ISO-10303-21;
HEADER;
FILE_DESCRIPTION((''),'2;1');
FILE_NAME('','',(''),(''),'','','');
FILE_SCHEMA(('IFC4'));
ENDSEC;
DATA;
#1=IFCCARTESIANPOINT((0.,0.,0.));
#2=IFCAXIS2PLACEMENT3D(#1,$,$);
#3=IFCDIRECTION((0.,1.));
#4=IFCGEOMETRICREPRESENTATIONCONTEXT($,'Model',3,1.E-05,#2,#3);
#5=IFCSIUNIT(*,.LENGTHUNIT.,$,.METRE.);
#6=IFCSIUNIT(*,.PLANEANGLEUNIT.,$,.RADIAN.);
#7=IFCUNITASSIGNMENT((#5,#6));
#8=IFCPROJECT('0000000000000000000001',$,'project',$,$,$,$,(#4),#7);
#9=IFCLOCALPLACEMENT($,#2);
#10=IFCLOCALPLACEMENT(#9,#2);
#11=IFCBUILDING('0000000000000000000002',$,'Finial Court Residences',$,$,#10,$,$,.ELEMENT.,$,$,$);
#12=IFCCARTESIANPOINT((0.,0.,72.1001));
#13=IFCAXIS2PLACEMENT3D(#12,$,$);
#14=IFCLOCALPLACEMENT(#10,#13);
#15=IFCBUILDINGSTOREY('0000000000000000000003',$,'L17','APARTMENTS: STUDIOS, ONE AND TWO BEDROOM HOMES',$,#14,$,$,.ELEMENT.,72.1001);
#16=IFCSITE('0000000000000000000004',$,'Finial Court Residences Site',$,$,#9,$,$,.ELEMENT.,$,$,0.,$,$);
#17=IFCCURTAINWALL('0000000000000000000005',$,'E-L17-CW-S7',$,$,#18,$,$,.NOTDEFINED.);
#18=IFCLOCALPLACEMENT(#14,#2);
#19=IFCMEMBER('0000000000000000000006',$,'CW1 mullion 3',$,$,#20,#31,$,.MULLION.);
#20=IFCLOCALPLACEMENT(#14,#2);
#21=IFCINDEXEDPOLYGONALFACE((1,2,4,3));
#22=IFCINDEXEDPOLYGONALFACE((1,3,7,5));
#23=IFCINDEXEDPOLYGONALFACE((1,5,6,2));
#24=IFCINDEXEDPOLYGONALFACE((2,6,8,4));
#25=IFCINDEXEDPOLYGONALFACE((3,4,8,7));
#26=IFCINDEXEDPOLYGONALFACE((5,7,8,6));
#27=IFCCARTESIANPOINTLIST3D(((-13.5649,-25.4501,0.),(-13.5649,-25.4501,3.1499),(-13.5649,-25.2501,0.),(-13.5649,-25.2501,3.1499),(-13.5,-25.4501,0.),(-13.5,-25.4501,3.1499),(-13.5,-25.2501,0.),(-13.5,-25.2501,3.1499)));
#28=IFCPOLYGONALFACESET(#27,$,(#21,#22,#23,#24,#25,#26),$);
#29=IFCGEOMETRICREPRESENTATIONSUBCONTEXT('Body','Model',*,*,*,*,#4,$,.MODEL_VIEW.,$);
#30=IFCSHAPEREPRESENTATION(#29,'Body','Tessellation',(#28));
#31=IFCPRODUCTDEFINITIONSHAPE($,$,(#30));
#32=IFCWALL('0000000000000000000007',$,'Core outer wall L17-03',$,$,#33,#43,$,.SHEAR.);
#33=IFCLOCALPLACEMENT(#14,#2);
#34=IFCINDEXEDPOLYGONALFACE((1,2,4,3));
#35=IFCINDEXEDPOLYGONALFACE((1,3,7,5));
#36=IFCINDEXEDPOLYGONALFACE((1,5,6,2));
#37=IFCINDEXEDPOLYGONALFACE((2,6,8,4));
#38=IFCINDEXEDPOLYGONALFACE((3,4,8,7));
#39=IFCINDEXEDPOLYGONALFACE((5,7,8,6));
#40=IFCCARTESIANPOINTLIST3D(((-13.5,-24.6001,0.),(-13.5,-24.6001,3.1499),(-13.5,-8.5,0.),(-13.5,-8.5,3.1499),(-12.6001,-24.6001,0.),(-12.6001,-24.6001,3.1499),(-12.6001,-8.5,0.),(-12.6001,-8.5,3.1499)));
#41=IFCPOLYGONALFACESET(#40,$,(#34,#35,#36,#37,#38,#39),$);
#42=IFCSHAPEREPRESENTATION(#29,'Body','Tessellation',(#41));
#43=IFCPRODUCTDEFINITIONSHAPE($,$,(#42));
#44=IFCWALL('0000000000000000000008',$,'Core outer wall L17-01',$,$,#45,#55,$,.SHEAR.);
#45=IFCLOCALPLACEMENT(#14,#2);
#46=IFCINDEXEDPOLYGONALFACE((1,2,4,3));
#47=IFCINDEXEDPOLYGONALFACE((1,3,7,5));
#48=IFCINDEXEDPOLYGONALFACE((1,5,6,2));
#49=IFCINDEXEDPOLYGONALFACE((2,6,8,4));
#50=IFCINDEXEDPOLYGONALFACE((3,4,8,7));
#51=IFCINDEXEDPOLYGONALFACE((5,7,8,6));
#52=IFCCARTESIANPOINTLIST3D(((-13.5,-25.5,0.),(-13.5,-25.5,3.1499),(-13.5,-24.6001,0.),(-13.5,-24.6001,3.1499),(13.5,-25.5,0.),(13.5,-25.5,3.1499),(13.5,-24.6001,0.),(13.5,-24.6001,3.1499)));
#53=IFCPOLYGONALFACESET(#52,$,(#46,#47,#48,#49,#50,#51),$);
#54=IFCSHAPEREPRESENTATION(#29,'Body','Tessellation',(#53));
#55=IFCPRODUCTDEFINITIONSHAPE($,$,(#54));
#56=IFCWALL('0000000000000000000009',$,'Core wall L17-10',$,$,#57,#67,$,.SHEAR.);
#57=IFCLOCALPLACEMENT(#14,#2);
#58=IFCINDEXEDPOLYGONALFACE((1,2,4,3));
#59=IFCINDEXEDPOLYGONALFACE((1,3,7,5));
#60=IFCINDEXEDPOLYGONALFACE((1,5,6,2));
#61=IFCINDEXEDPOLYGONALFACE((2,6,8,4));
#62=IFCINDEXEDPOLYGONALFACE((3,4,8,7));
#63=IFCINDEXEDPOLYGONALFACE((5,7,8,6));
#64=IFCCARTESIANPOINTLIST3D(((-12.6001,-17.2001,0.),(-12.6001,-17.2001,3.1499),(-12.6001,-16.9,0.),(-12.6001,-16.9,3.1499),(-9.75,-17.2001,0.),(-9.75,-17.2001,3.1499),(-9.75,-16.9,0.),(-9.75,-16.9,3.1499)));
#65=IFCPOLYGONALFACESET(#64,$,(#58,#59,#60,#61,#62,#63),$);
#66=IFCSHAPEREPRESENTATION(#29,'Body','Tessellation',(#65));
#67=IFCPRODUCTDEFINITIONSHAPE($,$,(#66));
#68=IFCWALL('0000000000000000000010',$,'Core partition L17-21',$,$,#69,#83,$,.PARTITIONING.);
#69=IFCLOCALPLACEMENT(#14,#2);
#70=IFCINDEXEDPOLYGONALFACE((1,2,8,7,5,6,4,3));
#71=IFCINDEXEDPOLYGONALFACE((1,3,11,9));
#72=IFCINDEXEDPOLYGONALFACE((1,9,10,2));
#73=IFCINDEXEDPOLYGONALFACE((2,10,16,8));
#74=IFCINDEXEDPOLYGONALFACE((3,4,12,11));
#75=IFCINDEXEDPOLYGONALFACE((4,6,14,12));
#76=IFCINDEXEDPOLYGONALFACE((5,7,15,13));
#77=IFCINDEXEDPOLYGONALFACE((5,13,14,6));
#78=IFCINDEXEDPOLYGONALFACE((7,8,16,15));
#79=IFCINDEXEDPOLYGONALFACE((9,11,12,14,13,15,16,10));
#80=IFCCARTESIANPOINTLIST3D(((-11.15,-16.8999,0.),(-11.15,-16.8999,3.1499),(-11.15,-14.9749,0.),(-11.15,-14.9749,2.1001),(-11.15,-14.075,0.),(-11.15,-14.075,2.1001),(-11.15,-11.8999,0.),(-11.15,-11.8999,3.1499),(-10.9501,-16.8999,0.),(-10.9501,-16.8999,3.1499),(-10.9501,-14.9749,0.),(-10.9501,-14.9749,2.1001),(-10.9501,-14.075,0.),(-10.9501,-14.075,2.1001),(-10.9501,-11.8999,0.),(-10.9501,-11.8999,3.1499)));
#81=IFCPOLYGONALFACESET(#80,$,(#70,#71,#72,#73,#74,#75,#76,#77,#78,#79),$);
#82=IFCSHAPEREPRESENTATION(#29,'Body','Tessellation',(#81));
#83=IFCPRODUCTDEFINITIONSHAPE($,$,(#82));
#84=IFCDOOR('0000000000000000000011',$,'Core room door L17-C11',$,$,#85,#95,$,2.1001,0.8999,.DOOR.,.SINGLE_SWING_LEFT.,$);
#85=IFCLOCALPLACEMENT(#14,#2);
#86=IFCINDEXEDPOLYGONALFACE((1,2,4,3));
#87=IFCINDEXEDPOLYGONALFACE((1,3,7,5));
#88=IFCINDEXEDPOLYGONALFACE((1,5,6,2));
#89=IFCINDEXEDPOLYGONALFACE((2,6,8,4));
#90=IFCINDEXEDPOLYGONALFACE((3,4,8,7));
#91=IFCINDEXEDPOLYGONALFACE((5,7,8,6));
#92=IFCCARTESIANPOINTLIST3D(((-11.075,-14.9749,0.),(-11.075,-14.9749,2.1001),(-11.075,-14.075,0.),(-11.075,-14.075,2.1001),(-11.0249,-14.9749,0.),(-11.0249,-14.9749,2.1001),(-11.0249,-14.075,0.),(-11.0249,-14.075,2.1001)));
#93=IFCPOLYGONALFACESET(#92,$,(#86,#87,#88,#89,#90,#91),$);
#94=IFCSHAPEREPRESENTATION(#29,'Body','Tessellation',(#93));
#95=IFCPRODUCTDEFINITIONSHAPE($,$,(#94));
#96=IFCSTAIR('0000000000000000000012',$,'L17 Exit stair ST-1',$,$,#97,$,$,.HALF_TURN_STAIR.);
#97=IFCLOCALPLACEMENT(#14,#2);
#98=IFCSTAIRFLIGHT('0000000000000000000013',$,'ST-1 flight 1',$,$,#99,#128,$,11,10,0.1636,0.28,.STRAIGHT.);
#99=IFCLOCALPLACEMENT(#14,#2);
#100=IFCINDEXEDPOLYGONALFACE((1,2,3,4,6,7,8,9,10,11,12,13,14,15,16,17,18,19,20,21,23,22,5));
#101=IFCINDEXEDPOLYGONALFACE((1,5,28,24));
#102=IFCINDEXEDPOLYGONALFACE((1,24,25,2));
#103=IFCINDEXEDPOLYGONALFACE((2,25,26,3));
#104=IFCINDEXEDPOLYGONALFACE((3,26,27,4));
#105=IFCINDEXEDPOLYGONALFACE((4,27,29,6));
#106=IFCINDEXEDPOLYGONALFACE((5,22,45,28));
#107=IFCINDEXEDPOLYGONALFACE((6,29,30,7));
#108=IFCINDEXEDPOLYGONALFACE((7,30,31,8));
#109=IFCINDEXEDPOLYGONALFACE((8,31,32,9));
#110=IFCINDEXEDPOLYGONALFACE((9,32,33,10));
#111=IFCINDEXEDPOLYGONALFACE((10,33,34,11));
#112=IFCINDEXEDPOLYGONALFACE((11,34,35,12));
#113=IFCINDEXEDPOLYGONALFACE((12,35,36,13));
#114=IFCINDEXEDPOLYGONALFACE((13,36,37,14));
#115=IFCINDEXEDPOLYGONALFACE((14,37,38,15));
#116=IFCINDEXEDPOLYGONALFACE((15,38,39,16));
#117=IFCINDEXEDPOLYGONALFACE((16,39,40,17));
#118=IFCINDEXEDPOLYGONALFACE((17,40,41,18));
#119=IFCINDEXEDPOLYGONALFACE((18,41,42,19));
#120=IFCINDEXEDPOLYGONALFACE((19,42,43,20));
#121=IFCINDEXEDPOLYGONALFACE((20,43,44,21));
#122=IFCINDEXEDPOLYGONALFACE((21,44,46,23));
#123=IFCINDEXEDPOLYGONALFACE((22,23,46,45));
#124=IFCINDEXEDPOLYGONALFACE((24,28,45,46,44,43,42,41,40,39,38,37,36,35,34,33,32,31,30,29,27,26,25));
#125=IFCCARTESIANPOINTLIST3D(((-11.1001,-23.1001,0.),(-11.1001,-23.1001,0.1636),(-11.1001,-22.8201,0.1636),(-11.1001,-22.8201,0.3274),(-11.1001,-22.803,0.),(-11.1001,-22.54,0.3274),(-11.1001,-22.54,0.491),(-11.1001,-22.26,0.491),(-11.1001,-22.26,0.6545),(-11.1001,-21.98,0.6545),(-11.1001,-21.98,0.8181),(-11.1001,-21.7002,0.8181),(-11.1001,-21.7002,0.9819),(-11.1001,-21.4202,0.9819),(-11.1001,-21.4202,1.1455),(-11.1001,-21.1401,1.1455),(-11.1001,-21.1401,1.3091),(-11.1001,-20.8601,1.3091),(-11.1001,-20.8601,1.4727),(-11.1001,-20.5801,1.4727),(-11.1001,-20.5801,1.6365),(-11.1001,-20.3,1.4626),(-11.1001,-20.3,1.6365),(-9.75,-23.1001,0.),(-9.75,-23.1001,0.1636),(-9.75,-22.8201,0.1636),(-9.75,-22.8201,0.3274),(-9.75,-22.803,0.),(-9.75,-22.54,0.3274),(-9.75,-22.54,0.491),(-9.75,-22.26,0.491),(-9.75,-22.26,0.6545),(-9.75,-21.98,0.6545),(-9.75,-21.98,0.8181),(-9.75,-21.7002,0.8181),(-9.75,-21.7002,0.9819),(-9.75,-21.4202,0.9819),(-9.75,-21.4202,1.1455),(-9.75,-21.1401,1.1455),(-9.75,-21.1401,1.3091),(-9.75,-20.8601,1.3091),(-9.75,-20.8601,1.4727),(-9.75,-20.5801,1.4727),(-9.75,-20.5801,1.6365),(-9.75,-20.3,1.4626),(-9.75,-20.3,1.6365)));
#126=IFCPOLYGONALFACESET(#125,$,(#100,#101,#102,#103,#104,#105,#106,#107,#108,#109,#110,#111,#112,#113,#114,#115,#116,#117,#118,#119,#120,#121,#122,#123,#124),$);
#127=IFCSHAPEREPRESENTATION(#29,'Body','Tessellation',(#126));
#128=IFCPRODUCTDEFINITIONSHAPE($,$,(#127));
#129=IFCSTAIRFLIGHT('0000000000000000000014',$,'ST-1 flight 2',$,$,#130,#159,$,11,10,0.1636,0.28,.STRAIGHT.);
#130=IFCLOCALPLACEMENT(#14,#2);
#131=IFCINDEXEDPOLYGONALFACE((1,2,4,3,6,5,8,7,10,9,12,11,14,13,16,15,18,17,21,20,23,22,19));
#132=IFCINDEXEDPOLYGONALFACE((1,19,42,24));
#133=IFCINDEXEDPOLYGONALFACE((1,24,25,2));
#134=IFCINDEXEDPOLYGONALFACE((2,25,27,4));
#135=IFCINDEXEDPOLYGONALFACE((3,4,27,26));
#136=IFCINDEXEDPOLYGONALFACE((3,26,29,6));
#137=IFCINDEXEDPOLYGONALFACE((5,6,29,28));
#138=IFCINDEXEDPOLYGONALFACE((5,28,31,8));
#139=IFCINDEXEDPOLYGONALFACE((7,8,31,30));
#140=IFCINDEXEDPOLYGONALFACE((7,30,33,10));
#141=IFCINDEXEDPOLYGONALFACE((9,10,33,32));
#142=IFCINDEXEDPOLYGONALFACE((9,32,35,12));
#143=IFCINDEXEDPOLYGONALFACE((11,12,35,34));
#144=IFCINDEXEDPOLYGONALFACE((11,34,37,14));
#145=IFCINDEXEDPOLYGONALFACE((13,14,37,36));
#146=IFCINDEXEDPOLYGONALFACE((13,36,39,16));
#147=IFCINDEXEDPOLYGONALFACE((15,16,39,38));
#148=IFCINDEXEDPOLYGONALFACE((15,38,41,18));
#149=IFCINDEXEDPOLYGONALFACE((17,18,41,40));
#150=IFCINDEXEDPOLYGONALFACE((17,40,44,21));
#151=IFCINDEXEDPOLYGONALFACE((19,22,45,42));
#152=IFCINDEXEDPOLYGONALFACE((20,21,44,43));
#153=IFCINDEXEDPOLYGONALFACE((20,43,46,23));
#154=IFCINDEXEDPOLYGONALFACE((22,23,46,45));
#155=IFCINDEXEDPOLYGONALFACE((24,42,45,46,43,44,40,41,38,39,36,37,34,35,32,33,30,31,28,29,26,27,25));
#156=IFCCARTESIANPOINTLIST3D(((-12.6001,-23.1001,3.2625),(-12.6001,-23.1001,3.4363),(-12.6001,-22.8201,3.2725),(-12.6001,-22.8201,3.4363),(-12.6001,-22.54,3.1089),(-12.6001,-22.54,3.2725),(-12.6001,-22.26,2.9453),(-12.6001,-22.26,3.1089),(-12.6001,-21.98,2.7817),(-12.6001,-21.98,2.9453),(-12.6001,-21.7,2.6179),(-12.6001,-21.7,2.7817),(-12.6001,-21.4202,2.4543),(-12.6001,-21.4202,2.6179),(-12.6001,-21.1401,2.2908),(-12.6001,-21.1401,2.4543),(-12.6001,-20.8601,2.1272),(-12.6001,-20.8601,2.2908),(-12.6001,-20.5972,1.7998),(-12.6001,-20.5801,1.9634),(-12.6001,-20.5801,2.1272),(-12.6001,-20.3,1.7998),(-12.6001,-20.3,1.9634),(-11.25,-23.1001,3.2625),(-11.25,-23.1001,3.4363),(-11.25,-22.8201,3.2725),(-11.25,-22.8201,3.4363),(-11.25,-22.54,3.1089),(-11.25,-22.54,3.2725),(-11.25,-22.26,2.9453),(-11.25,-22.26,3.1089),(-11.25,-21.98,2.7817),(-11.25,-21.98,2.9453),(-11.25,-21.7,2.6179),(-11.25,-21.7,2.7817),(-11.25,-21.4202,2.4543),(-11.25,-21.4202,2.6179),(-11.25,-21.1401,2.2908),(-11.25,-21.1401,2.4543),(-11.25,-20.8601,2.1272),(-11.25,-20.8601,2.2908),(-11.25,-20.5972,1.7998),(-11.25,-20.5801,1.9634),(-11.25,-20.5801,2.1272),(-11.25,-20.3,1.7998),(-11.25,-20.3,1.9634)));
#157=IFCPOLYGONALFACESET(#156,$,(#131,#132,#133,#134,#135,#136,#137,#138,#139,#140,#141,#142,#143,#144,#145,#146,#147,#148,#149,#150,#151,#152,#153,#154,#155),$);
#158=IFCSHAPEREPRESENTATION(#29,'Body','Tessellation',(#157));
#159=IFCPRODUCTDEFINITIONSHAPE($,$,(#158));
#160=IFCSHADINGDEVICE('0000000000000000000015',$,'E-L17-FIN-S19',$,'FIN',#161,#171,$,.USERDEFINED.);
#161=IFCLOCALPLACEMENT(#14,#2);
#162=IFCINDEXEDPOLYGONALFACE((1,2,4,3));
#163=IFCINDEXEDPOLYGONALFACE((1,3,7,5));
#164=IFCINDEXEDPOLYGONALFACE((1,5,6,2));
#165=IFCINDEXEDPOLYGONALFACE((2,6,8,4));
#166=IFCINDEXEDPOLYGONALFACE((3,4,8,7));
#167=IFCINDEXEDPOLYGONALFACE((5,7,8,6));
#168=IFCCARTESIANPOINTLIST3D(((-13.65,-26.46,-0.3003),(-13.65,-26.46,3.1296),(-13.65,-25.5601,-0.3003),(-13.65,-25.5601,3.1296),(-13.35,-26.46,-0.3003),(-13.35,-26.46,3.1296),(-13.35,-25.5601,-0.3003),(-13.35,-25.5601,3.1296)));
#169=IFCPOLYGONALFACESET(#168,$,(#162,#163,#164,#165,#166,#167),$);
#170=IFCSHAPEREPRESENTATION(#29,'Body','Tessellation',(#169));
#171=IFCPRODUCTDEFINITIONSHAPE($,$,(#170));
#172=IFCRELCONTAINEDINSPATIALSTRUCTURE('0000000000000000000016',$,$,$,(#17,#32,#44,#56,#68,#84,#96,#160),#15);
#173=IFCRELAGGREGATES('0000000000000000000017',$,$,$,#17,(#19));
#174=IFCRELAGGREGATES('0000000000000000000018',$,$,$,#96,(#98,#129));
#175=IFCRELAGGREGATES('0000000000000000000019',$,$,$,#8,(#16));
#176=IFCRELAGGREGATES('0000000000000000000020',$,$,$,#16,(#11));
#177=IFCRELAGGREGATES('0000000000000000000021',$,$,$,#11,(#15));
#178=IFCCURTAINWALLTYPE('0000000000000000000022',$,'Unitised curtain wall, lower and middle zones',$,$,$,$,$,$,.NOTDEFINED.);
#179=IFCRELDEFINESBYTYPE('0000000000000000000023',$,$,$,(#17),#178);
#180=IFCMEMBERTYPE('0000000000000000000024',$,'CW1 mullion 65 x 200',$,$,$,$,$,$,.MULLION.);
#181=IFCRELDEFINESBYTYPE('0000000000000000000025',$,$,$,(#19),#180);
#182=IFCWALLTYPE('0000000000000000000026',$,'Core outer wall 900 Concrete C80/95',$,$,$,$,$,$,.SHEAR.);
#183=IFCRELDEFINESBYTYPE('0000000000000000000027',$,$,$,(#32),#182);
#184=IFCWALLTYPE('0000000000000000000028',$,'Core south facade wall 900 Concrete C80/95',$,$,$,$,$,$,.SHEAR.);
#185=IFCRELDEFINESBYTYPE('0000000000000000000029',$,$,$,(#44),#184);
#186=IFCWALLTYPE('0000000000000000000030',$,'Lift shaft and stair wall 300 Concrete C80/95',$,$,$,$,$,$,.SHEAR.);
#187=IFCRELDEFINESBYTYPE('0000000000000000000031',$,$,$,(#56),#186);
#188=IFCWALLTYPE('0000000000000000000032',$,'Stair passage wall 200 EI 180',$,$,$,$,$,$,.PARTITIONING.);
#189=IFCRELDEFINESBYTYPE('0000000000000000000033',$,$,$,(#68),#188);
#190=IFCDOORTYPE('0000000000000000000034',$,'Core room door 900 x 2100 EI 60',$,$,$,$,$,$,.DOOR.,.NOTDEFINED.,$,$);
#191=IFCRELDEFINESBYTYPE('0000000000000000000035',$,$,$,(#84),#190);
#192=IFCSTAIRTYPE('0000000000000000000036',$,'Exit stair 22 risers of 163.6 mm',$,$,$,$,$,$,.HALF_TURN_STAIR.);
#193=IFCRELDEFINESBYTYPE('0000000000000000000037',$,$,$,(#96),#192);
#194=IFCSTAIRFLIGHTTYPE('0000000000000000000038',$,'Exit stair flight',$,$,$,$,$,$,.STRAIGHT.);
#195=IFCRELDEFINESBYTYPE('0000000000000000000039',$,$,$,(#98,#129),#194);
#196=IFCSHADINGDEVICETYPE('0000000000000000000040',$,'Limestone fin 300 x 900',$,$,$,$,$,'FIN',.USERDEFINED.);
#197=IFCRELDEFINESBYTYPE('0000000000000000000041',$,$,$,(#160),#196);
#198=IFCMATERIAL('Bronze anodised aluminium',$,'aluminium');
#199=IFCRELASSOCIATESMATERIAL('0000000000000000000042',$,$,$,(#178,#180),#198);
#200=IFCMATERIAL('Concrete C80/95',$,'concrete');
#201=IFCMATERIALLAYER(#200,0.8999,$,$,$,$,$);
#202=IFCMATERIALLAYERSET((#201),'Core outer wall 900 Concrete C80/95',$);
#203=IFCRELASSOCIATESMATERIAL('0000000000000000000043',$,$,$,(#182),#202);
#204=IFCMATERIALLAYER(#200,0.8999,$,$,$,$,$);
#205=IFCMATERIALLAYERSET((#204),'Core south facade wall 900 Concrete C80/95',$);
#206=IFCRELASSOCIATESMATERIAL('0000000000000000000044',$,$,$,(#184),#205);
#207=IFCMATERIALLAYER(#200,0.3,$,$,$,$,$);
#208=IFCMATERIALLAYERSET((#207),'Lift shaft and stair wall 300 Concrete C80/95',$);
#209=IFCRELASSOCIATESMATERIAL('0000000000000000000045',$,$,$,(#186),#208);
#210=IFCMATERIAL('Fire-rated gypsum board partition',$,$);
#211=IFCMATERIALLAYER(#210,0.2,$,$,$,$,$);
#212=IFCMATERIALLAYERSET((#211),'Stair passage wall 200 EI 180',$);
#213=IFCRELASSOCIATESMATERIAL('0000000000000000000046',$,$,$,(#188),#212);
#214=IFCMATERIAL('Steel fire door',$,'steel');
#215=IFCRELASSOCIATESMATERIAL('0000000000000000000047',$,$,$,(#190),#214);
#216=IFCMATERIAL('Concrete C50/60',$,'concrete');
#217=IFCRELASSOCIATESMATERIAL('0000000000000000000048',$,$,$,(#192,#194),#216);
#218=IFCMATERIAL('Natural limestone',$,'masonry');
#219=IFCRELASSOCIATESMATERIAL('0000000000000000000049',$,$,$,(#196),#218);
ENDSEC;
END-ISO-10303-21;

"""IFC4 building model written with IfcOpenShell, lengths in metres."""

from ifc_helpers import new_model, si_unit, direction, frame, frame_2d, origin, origin_2d, place, context, subcontext, project, spatial, polyline, rectangle, outline, extrude, material, layer, layer_set, material_profile, profile_set, type_object, element, fill, aggregate, save


model = new_model("IFC4")

# Units and contexts
model_context = context("Model", 3, precision=1e-05, world=origin(), true_north=direction((0.0, 1.0)))
body_context = subcontext(model_context, "Body", "Model", "MODEL_VIEW")
ifc_project = project(units=[si_unit("LENGTHUNIT", "METRE"), si_unit("PLANEANGLEUNIT", "RADIAN")], contexts=[model_context])

# Site, building, storey
site_placement = place(None, origin())
site = spatial("IfcSite", under=ifc_project, at=site_placement, Name="Finial Court Residences Site", CompositionType="ELEMENT", RefElevation=0.0)
building_placement = place(site_placement, origin())
building = spatial("IfcBuilding", under=site, at=building_placement, Name="Finial Court Residences", CompositionType="ELEMENT")
storey_placement = place(building_placement, frame((0.0, 0.0, 72.1001)))
storey = spatial("IfcBuildingStorey", under=building, at=storey_placement, Name="L17", Description="APARTMENTS: STUDIOS, ONE AND TWO BEDROOM HOMES", CompositionType="ELEMENT", Elevation=72.1001)

# Curtain wall, member
ifc_material_1 = material(Name="Bronze anodised aluminium", Category="aluminium")
curtain_wall_type = type_object("IfcCurtainWallType", Name="Unitised curtain wall, lower and middle zones", PredefinedType="NOTDEFINED", material=ifc_material_1)
curtain_wall_placement = place(storey_placement, origin())
curtain_wall = element("IfcCurtainWall", 1, at=curtain_wall_placement, inside=storey, type_object=curtain_wall_type, Name="E-L17-CW-S7", PredefinedType="NOTDEFINED")
ifc_material_profile = material_profile(ifc_material_1, rectangle(XDim=0.2, YDim=0.0649, at=origin_2d()), Name="CW1 mullion 65 x 200")
ifc_profile_set = profile_set([ifc_material_profile], Name="Bronze anodised aluminium")
member_type = type_object("IfcMemberType", Name="CW1 mullion 65 x 200", PredefinedType="MULLION", material=ifc_profile_set)
member_placement = place(storey_placement, frame((-13.5325, -25.3501, 0.0), z_axis=(0.0, 0.0, 1.0), x_axis=(0.0, 1.0, 0.0)))
member = element("IfcMember", 2, at=member_placement, type_object=member_type, Name="CW1 mullion 3", PredefinedType="MULLION", context=body_context, shape_type="SweptSolid", body=[
    extrude(rectangle(XDim=0.2, YDim=0.0649, at=origin_2d()), origin(), (0.0, 0.0, 1.0), 3.1499),
])
aggregate(curtain_wall, [member])

# Walls
ifc_material_2 = material(Name="Concrete C80/95", Category="concrete")
ifc_layer_1 = layer(ifc_material_2, 0.8999)
ifc_layer_set_1 = layer_set([ifc_layer_1], Name="Core outer wall 900 Concrete C80/95")
wall_type_1 = type_object("IfcWallType", Name="Core outer wall 900 Concrete C80/95", PredefinedType="SHEAR", material=ifc_layer_set_1)
wall_1_placement = place(storey_placement, frame((-13.05, -24.6001, 0.0), z_axis=(0.0, 0.0, 1.0), x_axis=(0.0, 1.0, 0.0)))
element("IfcWall", 3, at=wall_1_placement, inside=storey, type_object=wall_type_1, Name="Core outer wall L17-03", PredefinedType="SHEAR", context=body_context, shape_type="SweptSolid", body=[
    extrude(rectangle(XDim=16.1001, YDim=0.8999, at=frame_2d((8.05, 0.0))), origin(), (0.0, 0.0, 1.0), 3.1499),
])
ifc_layer_2 = layer(ifc_material_2, 0.8999)
ifc_layer_set_2 = layer_set([ifc_layer_2], Name="Core south facade wall 900 Concrete C80/95")
wall_type_2 = type_object("IfcWallType", Name="Core south facade wall 900 Concrete C80/95", PredefinedType="SHEAR", material=ifc_layer_set_2)
wall_2_placement = place(storey_placement, frame((-13.5, -25.05, 0.0), z_axis=(0.0, 0.0, 1.0), x_axis=(1.0, 0.0, 0.0)))
element("IfcWall", 4, at=wall_2_placement, inside=storey, type_object=wall_type_2, Name="Core outer wall L17-01", PredefinedType="SHEAR", context=body_context, shape_type="SweptSolid", body=[
    extrude(rectangle(XDim=27.0, YDim=0.8999, at=frame_2d((13.5, 0.0))), origin(), (0.0, 0.0, 1.0), 3.1499),
])
ifc_layer_3 = layer(ifc_material_2, 0.3)
ifc_layer_set_3 = layer_set([ifc_layer_3], Name="Lift shaft and stair wall 300 Concrete C80/95")
wall_type_3 = type_object("IfcWallType", Name="Lift shaft and stair wall 300 Concrete C80/95", PredefinedType="SHEAR", material=ifc_layer_set_3)
wall_3_placement = place(storey_placement, frame((-12.6001, -17.05, 0.0), z_axis=(0.0, 0.0, 1.0), x_axis=(1.0, 0.0, 0.0)))
element("IfcWall", 5, at=wall_3_placement, inside=storey, type_object=wall_type_3, Name="Core wall L17-10", PredefinedType="SHEAR", context=body_context, shape_type="SweptSolid", body=[
    extrude(rectangle(XDim=2.8501, YDim=0.3, at=frame_2d((1.425, 0.0))), origin(), (0.0, 0.0, 1.0), 3.1499),
])

# Wall, opening, door
ifc_material_3 = material(Name="Fire-rated gypsum board partition")
ifc_layer_4 = layer(ifc_material_3, 0.2)
ifc_layer_set_4 = layer_set([ifc_layer_4], Name="Stair passage wall 200 EI 180")
wall_type_4 = type_object("IfcWallType", Name="Stair passage wall 200 EI 180", PredefinedType="PARTITIONING", material=ifc_layer_set_4)
wall_4_placement = place(storey_placement, frame((-11.05, -16.8999, 0.0), z_axis=(0.0, 0.0, 1.0), x_axis=(0.0, 1.0, 0.0)))
wall_4 = element("IfcWall", 6, at=wall_4_placement, inside=storey, type_object=wall_type_4, Name="Core partition L17-21", PredefinedType="PARTITIONING", context=body_context, shape_type="SweptSolid", body=[
    extrude(rectangle(XDim=5.0, YDim=0.2, at=frame_2d((2.5, 0.0))), origin(), (0.0, 0.0, 1.0), 3.1499),
])
opening_placement = place(wall_4_placement, frame((1.925, 0.0, 0.0)))
opening = element("IfcOpeningElement", 7, at=opening_placement, cuts=wall_4, PredefinedType="OPENING", context=body_context, shape_type="SweptSolid", body=[
    extrude(rectangle(XDim=0.8999, YDim=2.1001, at=frame_2d((0.45, 1.05))), frame((0.0, 0.1099, 0.0), z_axis=(0.0, -1.0, 0.0), x_axis=(1.0, 0.0, 0.0)), (0.0, 0.0, 1.0), 0.22),
])
ifc_material_4 = material(Name="Steel fire door", Category="steel")
door_type = type_object("IfcDoorType", Name="Core room door 900 x 2100 EI 60", OperationType="NOTDEFINED", PredefinedType="DOOR", material=ifc_material_4)
door_placement = place(opening_placement, origin())
door = element("IfcDoor", 8, at=door_placement, inside=storey, type_object=door_type, Name="Core room door L17-C11", OperationType="SINGLE_SWING_LEFT", OverallHeight=2.1001, OverallWidth=0.8999, PredefinedType="DOOR", context=body_context, shape_type="SweptSolid", body=[
    extrude(rectangle(XDim=0.8999, YDim=2.1001, at=frame_2d((0.45, 1.05))), frame((0.0, 0.0249, 0.0), z_axis=(0.0, -1.0, 0.0), x_axis=(1.0, 0.0, 0.0)), (0.0, 0.0, 1.0), 0.05),
])
fill(opening, door)

# Stair, stair flights
ifc_material_5 = material(Name="Concrete C50/60", Category="concrete")
stair_type = type_object("IfcStairType", Name="Exit stair 22 risers of 163.6 mm", PredefinedType="HALF_TURN_STAIR", material=ifc_material_5)
stair_placement = place(storey_placement, origin())
stair = element("IfcStair", 9, at=stair_placement, inside=storey, type_object=stair_type, Name="L17 Exit stair ST-1", PredefinedType="HALF_TURN_STAIR")
stair_flight_type = type_object("IfcStairFlightType", Name="Exit stair flight", PredefinedType="STRAIGHT", material=ifc_material_5)
stair_flight_1_placement = place(storey_placement, frame((-10.425, -23.1001, 0.0), z_axis=(0.0, 0.0, 1.0), x_axis=(0.0, 1.0, 0.0)))
stair_flight_1 = element("IfcStairFlight", 10, at=stair_flight_1_placement, type_object=stair_flight_type, Name="ST-1 flight 1", NumberOfRisers=11, NumberOfTreads=10, PredefinedType="STRAIGHT", RiserHeight=0.1636, TreadLength=0.28, context=body_context, shape_type="SweptSolid", body=[
    extrude(outline(polyline([(0.0, 0.0), (0.0, 0.1636), (0.28, 0.1636), (0.28, 0.3274), (0.5601, 0.3274), (0.5601, 0.491), (0.8401, 0.491), (0.8401, 0.6545), (1.1201, 0.6545), (1.1201, 0.8181), (1.3999, 0.8181), (1.3999, 0.9819), (1.6799, 0.9819), (1.6799, 1.1455), (1.96, 1.1455), (1.96, 1.3091), (2.24, 1.3091), (2.24, 1.4727), (2.52, 1.4727), (2.52, 1.6365), (2.8, 1.6365), (2.8, 1.8), (2.8, 1.4626), (0.2971, 0.0), (0.0, 0.0)])), frame((0.0, 0.675, 0.0), z_axis=(0.0, -1.0, 0.0), x_axis=(1.0, 0.0, 0.0)), (0.0, 0.0, 1.0), 1.3501),
])
stair_flight_2_placement = place(storey_placement, frame((-11.925, -20.3, 1.7998), z_axis=(0.0, 0.0, 1.0), x_axis=(0.0, -1.0, 0.0)))
stair_flight_2 = element("IfcStairFlight", 11, at=stair_flight_2_placement, type_object=stair_flight_type, Name="ST-1 flight 2", NumberOfRisers=11, NumberOfTreads=10, PredefinedType="STRAIGHT", RiserHeight=0.1636, TreadLength=0.28, context=body_context, shape_type="SweptSolid", body=[
    extrude(outline(polyline([(0.0, 0.0), (0.0, 0.1636), (0.28, 0.1636), (0.28, 0.3274), (0.5601, 0.3274), (0.5601, 0.491), (0.8401, 0.491), (0.8401, 0.6545), (1.1201, 0.6545), (1.1201, 0.8181), (1.3999, 0.8181), (1.3999, 0.9819), (1.6799, 0.9819), (1.6799, 1.1455), (1.96, 1.1455), (1.96, 1.3091), (2.24, 1.3091), (2.24, 1.4727), (2.52, 1.4727), (2.52, 1.6365), (2.8, 1.6365), (2.8, 1.8), (2.8, 1.4626), (0.2971, 0.0), (0.0, 0.0)])), frame((0.0, 0.675, 0.0), z_axis=(0.0, -1.0, 0.0), x_axis=(1.0, 0.0, 0.0)), (0.0, 0.0, 1.0), 1.3501),
])
aggregate(stair, [stair_flight_1, stair_flight_2])

# Shading device
ifc_material_6 = material(Name="Natural limestone", Category="masonry")
shading_device_type = type_object("IfcShadingDeviceType", Name="Limestone fin 300 x 900", ElementType="FIN", PredefinedType="USERDEFINED", material=ifc_material_6)
for number, where, z_axis, x_axis, name in (
    (12, (-13.5, -26.01, -0.3003), (0.0, 0.0, 1.0), (1.0, 0.0, 0.0), "E-L17-FIN-S19"),
):
    element("IfcShadingDevice", number, at=place(storey_placement, frame(where, z_axis=z_axis, x_axis=x_axis)), inside=storey, type_object=shading_device_type, Name=name, ObjectType="FIN", PredefinedType="USERDEFINED", context=body_context, shape_type="SweptSolid", body=[
        extrude(rectangle(XDim=0.3, YDim=0.8999, at=origin_2d()), origin(), (0.0, 0.0, 1.0), 3.4299),
    ])

save(model, "model.ifc")
